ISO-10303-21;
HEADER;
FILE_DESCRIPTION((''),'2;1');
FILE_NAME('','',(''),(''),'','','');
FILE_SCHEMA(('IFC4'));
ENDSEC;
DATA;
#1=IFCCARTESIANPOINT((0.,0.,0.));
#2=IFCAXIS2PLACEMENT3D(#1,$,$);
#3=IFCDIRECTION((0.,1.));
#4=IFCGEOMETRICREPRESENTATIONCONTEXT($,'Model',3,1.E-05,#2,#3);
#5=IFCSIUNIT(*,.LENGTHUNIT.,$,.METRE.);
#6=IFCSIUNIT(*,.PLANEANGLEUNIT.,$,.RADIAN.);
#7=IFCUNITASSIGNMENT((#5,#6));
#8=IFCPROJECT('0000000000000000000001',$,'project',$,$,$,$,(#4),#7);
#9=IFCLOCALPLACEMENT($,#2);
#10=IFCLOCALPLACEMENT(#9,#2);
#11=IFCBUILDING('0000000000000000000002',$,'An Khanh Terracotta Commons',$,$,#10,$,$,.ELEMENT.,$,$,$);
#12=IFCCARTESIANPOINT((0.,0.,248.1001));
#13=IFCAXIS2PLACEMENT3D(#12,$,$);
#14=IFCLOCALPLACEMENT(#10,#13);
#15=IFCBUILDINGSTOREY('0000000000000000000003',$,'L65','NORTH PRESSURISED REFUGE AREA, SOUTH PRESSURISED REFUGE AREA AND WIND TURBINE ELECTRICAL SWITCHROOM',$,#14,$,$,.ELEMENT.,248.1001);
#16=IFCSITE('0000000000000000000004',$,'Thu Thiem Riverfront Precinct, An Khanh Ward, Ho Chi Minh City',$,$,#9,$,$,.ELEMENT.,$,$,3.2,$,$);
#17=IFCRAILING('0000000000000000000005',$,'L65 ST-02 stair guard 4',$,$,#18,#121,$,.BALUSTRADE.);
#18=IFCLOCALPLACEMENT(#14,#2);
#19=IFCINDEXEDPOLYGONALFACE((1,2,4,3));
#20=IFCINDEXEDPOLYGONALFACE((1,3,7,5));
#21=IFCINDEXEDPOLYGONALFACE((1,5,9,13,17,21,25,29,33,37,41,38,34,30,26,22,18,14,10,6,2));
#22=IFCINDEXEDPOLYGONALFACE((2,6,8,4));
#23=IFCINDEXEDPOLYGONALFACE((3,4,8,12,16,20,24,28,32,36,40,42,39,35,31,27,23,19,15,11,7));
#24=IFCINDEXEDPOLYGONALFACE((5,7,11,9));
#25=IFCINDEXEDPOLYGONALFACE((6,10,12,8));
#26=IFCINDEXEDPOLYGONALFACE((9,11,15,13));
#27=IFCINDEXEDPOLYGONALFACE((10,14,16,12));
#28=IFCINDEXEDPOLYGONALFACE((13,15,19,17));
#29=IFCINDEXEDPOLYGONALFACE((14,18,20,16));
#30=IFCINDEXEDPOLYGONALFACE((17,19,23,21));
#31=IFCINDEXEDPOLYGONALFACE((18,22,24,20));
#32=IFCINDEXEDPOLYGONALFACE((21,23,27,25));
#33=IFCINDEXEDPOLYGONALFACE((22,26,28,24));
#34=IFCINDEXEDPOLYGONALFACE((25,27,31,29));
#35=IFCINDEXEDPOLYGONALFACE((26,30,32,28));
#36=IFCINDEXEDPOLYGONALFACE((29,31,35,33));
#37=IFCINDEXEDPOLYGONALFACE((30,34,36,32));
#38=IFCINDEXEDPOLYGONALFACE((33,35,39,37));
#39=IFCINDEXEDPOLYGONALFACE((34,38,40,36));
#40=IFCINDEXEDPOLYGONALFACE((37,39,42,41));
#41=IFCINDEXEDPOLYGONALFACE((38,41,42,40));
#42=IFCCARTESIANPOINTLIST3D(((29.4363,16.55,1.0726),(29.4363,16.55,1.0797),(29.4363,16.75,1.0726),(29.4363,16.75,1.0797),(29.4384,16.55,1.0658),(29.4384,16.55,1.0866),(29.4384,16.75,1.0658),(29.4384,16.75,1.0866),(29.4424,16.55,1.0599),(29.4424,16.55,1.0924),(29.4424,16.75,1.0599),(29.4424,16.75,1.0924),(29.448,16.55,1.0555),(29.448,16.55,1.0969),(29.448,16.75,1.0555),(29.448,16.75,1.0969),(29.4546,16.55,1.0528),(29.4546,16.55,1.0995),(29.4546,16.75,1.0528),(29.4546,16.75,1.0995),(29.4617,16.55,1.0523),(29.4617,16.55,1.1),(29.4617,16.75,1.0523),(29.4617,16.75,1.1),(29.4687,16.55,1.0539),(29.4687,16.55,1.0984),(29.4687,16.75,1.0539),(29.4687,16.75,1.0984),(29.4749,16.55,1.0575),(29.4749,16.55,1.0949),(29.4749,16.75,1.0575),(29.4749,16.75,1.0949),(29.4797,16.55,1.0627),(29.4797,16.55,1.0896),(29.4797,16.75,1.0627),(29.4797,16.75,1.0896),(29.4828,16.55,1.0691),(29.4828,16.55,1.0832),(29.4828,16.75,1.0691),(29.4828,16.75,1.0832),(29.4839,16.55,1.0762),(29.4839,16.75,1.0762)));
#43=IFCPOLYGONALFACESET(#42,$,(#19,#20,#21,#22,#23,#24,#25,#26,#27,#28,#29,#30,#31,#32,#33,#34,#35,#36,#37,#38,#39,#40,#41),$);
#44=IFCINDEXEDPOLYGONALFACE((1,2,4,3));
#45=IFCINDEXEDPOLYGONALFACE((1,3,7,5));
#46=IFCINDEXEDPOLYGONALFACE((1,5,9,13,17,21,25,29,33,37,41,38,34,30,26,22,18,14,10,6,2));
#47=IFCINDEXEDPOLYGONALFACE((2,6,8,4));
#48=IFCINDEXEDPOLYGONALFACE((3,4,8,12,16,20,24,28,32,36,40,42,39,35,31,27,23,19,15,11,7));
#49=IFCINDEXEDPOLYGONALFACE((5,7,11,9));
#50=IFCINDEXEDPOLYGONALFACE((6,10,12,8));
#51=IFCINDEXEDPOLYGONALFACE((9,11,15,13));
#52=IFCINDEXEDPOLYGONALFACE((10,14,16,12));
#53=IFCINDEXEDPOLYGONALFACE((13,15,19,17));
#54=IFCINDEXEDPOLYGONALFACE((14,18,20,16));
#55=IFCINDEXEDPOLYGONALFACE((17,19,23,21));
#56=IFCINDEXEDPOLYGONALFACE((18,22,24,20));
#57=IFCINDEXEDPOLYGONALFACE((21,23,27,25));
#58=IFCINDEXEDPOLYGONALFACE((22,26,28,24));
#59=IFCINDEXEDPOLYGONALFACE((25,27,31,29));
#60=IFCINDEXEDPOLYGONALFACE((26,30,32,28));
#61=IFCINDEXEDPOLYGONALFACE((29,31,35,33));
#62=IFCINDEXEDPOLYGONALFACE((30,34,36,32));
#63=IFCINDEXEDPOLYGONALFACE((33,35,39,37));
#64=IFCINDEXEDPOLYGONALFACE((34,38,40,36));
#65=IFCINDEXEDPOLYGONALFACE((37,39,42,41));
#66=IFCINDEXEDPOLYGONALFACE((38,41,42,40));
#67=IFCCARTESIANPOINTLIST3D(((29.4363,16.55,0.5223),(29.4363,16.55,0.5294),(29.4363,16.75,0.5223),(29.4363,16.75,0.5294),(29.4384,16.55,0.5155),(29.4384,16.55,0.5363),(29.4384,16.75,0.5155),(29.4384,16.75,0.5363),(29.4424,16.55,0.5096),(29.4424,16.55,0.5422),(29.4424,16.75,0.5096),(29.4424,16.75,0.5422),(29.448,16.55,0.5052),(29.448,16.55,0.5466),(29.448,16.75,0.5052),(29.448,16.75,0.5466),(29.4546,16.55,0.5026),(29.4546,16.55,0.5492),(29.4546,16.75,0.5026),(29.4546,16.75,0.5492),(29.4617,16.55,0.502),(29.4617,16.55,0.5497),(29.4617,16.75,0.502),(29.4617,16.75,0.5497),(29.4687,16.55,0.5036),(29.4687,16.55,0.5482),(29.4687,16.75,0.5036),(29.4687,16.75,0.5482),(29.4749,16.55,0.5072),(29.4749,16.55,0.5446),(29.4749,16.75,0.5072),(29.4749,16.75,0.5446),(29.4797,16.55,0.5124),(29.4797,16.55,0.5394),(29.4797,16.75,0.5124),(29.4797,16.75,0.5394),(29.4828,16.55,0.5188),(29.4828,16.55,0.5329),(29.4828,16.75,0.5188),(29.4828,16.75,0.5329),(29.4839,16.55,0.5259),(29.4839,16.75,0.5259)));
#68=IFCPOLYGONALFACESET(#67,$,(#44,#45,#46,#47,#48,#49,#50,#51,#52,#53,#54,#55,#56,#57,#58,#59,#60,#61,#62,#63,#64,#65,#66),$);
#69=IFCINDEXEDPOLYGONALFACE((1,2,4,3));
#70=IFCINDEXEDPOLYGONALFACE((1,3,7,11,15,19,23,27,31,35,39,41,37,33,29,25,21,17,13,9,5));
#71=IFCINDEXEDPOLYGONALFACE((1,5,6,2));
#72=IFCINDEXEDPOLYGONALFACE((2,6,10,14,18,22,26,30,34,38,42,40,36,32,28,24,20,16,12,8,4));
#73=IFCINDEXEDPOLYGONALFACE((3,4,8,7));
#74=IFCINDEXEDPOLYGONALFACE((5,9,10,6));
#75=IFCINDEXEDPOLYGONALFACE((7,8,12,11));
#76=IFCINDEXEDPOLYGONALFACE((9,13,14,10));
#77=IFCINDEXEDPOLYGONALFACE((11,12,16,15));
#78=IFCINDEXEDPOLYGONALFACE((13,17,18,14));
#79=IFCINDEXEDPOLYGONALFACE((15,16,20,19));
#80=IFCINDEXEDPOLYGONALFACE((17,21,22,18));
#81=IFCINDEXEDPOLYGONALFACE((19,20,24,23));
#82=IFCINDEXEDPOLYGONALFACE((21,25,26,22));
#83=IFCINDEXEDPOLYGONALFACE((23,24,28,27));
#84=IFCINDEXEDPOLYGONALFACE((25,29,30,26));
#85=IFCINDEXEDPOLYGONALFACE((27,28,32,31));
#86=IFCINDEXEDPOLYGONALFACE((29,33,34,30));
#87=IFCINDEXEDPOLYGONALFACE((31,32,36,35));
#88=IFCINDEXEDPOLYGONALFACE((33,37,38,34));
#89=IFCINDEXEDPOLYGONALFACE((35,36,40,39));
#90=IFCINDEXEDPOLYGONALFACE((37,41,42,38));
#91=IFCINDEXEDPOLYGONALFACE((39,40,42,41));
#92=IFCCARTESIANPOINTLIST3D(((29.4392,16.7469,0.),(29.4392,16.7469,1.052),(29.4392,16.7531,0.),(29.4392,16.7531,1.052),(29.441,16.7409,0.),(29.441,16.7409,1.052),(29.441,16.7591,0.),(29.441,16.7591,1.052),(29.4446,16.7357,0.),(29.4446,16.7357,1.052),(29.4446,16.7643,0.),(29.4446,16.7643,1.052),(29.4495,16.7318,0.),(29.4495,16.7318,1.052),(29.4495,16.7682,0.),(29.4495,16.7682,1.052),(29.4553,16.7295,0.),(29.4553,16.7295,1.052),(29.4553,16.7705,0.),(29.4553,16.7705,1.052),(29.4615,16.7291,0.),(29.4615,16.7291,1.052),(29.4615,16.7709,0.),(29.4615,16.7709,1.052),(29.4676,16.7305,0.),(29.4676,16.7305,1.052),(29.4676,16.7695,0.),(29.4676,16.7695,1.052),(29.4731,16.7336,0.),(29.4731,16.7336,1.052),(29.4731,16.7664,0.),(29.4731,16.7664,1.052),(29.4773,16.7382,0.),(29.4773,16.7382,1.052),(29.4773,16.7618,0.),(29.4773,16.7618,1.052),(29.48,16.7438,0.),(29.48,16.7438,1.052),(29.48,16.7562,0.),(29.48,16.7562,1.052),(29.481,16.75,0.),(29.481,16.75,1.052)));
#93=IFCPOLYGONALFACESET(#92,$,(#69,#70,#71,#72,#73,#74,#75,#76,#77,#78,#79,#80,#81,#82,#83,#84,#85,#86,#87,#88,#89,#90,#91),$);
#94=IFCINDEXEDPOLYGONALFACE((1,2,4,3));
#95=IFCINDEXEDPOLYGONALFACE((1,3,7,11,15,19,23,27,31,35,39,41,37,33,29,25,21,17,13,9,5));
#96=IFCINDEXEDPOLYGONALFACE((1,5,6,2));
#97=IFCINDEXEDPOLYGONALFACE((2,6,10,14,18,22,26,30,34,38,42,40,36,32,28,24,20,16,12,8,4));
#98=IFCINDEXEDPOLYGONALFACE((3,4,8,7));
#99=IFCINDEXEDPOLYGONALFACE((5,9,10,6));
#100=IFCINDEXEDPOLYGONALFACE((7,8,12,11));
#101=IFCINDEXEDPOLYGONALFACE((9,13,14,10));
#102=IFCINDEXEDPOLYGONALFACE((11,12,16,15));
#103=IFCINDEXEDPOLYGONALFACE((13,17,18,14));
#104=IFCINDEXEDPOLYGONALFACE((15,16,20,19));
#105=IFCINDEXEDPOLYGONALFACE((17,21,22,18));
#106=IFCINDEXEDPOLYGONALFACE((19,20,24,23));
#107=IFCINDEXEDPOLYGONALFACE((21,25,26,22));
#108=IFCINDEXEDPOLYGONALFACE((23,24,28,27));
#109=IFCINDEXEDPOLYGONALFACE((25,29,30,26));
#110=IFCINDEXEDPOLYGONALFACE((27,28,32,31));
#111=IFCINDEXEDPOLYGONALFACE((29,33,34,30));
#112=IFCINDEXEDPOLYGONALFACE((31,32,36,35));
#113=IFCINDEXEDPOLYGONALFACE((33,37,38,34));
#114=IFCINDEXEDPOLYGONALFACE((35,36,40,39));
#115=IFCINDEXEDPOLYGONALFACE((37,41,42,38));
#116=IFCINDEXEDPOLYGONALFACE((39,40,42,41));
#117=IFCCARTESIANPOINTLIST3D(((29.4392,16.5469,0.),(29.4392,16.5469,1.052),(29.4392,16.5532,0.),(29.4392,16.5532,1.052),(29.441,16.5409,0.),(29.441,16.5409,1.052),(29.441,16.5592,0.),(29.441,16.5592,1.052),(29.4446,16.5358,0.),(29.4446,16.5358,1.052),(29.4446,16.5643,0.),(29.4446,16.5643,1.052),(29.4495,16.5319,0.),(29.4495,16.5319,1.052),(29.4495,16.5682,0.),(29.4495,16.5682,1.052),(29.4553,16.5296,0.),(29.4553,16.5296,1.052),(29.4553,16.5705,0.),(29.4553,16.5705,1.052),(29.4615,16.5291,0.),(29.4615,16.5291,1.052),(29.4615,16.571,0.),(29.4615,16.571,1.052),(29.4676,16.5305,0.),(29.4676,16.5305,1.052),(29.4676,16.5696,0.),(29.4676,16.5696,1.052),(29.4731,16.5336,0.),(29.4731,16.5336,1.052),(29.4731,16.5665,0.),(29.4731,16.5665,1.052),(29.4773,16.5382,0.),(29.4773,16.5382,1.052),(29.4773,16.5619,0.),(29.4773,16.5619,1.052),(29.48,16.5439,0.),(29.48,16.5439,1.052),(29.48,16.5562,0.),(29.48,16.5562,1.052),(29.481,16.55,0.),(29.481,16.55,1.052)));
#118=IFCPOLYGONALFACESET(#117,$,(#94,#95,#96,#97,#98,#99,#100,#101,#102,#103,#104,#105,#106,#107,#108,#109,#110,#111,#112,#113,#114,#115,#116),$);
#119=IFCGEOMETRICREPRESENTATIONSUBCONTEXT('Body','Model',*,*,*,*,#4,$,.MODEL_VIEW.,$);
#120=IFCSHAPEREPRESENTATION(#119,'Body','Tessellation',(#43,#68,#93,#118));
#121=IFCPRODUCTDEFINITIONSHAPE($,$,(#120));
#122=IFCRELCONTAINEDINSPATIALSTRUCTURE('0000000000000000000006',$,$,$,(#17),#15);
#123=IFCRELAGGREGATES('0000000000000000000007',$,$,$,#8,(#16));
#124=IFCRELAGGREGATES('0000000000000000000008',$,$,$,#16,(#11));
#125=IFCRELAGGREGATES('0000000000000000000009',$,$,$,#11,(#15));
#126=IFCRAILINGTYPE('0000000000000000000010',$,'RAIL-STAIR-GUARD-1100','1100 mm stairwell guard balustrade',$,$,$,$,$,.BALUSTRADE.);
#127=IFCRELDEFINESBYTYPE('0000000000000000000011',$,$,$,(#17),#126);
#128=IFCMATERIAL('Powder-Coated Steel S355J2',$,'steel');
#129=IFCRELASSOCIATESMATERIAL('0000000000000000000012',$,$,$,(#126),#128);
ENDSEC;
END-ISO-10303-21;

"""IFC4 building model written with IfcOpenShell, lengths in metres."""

from ifc_helpers import new_model, si_unit, direction, frame, origin, origin_2d, place, context, subcontext, project, spatial, circle, extrude, material, type_object, element, save


model = new_model("IFC4")

# Units and contexts
model_context = context("Model", 3, precision=1e-05, world=origin(), true_north=direction((0.0, 1.0)))
body_context = subcontext(model_context, "Body", "Model", "MODEL_VIEW")
ifc_project = project(units=[si_unit("LENGTHUNIT", "METRE"), si_unit("PLANEANGLEUNIT", "RADIAN")], contexts=[model_context])

# Site, building, storey
site_placement = place(None, origin())
site = spatial("IfcSite", under=ifc_project, at=site_placement, Name="Thu Thiem Riverfront Precinct, An Khanh Ward, Ho Chi Minh City", CompositionType="ELEMENT", RefElevation=3.2)
building_placement = place(site_placement, origin())
building = spatial("IfcBuilding", under=site, at=building_placement, Name="An Khanh Terracotta Commons", CompositionType="ELEMENT")
storey_placement = place(building_placement, frame((0.0, 0.0, 248.1001)))
storey = spatial("IfcBuildingStorey", under=building, at=storey_placement, Name="L65", Description="NORTH PRESSURISED REFUGE AREA, SOUTH PRESSURISED REFUGE AREA AND WIND TURBINE ELECTRICAL SWITCHROOM", CompositionType="ELEMENT", Elevation=248.1001)

# Railing
ifc_material_1 = material(Name="Powder-Coated Steel S355J2", Category="steel")
railing_type_1 = type_object("IfcRailingType", Name="RAIL-STAIR-GUARD-1100", Description="1100 mm stairwell guard balustrade", PredefinedType="BALUSTRADE", material=ifc_material_1)
railing_1_placement = place(storey_placement, frame((29.46, 16.75, 0.0)))
element("IfcRailing", 1, at=railing_1_placement, inside=storey, type_object=railing_type_1, Name="L65 ST-02 stair guard 4", PredefinedType="BALUSTRADE", context=body_context, shape_type="SweptSolid", body=[
    extrude(circle(Radius=0.0239, at=origin_2d()), frame((0.0, 0.0, 1.0762), z_axis=(0.0, -1.0, 0.0), x_axis=(1.0, 0.0, 0.0)), (0.0, 0.0, 1.0), 0.2),
    extrude(circle(Radius=0.0239, at=origin_2d()), frame((0.0, 0.0, 0.5259), z_axis=(0.0, -1.0, 0.0), x_axis=(1.0, 0.0, 0.0)), (0.0, 0.0, 1.0), 0.2),
    extrude(circle(Radius=0.021, at=origin_2d()), origin(), (0.0, 0.0, 1.0), 1.052),
    extrude(circle(Radius=0.021, at=origin_2d()), frame((0.0, -0.2, 0.0)), (0.0, 0.0, 1.0), 1.052),
])

save(model, "model.ifc")
